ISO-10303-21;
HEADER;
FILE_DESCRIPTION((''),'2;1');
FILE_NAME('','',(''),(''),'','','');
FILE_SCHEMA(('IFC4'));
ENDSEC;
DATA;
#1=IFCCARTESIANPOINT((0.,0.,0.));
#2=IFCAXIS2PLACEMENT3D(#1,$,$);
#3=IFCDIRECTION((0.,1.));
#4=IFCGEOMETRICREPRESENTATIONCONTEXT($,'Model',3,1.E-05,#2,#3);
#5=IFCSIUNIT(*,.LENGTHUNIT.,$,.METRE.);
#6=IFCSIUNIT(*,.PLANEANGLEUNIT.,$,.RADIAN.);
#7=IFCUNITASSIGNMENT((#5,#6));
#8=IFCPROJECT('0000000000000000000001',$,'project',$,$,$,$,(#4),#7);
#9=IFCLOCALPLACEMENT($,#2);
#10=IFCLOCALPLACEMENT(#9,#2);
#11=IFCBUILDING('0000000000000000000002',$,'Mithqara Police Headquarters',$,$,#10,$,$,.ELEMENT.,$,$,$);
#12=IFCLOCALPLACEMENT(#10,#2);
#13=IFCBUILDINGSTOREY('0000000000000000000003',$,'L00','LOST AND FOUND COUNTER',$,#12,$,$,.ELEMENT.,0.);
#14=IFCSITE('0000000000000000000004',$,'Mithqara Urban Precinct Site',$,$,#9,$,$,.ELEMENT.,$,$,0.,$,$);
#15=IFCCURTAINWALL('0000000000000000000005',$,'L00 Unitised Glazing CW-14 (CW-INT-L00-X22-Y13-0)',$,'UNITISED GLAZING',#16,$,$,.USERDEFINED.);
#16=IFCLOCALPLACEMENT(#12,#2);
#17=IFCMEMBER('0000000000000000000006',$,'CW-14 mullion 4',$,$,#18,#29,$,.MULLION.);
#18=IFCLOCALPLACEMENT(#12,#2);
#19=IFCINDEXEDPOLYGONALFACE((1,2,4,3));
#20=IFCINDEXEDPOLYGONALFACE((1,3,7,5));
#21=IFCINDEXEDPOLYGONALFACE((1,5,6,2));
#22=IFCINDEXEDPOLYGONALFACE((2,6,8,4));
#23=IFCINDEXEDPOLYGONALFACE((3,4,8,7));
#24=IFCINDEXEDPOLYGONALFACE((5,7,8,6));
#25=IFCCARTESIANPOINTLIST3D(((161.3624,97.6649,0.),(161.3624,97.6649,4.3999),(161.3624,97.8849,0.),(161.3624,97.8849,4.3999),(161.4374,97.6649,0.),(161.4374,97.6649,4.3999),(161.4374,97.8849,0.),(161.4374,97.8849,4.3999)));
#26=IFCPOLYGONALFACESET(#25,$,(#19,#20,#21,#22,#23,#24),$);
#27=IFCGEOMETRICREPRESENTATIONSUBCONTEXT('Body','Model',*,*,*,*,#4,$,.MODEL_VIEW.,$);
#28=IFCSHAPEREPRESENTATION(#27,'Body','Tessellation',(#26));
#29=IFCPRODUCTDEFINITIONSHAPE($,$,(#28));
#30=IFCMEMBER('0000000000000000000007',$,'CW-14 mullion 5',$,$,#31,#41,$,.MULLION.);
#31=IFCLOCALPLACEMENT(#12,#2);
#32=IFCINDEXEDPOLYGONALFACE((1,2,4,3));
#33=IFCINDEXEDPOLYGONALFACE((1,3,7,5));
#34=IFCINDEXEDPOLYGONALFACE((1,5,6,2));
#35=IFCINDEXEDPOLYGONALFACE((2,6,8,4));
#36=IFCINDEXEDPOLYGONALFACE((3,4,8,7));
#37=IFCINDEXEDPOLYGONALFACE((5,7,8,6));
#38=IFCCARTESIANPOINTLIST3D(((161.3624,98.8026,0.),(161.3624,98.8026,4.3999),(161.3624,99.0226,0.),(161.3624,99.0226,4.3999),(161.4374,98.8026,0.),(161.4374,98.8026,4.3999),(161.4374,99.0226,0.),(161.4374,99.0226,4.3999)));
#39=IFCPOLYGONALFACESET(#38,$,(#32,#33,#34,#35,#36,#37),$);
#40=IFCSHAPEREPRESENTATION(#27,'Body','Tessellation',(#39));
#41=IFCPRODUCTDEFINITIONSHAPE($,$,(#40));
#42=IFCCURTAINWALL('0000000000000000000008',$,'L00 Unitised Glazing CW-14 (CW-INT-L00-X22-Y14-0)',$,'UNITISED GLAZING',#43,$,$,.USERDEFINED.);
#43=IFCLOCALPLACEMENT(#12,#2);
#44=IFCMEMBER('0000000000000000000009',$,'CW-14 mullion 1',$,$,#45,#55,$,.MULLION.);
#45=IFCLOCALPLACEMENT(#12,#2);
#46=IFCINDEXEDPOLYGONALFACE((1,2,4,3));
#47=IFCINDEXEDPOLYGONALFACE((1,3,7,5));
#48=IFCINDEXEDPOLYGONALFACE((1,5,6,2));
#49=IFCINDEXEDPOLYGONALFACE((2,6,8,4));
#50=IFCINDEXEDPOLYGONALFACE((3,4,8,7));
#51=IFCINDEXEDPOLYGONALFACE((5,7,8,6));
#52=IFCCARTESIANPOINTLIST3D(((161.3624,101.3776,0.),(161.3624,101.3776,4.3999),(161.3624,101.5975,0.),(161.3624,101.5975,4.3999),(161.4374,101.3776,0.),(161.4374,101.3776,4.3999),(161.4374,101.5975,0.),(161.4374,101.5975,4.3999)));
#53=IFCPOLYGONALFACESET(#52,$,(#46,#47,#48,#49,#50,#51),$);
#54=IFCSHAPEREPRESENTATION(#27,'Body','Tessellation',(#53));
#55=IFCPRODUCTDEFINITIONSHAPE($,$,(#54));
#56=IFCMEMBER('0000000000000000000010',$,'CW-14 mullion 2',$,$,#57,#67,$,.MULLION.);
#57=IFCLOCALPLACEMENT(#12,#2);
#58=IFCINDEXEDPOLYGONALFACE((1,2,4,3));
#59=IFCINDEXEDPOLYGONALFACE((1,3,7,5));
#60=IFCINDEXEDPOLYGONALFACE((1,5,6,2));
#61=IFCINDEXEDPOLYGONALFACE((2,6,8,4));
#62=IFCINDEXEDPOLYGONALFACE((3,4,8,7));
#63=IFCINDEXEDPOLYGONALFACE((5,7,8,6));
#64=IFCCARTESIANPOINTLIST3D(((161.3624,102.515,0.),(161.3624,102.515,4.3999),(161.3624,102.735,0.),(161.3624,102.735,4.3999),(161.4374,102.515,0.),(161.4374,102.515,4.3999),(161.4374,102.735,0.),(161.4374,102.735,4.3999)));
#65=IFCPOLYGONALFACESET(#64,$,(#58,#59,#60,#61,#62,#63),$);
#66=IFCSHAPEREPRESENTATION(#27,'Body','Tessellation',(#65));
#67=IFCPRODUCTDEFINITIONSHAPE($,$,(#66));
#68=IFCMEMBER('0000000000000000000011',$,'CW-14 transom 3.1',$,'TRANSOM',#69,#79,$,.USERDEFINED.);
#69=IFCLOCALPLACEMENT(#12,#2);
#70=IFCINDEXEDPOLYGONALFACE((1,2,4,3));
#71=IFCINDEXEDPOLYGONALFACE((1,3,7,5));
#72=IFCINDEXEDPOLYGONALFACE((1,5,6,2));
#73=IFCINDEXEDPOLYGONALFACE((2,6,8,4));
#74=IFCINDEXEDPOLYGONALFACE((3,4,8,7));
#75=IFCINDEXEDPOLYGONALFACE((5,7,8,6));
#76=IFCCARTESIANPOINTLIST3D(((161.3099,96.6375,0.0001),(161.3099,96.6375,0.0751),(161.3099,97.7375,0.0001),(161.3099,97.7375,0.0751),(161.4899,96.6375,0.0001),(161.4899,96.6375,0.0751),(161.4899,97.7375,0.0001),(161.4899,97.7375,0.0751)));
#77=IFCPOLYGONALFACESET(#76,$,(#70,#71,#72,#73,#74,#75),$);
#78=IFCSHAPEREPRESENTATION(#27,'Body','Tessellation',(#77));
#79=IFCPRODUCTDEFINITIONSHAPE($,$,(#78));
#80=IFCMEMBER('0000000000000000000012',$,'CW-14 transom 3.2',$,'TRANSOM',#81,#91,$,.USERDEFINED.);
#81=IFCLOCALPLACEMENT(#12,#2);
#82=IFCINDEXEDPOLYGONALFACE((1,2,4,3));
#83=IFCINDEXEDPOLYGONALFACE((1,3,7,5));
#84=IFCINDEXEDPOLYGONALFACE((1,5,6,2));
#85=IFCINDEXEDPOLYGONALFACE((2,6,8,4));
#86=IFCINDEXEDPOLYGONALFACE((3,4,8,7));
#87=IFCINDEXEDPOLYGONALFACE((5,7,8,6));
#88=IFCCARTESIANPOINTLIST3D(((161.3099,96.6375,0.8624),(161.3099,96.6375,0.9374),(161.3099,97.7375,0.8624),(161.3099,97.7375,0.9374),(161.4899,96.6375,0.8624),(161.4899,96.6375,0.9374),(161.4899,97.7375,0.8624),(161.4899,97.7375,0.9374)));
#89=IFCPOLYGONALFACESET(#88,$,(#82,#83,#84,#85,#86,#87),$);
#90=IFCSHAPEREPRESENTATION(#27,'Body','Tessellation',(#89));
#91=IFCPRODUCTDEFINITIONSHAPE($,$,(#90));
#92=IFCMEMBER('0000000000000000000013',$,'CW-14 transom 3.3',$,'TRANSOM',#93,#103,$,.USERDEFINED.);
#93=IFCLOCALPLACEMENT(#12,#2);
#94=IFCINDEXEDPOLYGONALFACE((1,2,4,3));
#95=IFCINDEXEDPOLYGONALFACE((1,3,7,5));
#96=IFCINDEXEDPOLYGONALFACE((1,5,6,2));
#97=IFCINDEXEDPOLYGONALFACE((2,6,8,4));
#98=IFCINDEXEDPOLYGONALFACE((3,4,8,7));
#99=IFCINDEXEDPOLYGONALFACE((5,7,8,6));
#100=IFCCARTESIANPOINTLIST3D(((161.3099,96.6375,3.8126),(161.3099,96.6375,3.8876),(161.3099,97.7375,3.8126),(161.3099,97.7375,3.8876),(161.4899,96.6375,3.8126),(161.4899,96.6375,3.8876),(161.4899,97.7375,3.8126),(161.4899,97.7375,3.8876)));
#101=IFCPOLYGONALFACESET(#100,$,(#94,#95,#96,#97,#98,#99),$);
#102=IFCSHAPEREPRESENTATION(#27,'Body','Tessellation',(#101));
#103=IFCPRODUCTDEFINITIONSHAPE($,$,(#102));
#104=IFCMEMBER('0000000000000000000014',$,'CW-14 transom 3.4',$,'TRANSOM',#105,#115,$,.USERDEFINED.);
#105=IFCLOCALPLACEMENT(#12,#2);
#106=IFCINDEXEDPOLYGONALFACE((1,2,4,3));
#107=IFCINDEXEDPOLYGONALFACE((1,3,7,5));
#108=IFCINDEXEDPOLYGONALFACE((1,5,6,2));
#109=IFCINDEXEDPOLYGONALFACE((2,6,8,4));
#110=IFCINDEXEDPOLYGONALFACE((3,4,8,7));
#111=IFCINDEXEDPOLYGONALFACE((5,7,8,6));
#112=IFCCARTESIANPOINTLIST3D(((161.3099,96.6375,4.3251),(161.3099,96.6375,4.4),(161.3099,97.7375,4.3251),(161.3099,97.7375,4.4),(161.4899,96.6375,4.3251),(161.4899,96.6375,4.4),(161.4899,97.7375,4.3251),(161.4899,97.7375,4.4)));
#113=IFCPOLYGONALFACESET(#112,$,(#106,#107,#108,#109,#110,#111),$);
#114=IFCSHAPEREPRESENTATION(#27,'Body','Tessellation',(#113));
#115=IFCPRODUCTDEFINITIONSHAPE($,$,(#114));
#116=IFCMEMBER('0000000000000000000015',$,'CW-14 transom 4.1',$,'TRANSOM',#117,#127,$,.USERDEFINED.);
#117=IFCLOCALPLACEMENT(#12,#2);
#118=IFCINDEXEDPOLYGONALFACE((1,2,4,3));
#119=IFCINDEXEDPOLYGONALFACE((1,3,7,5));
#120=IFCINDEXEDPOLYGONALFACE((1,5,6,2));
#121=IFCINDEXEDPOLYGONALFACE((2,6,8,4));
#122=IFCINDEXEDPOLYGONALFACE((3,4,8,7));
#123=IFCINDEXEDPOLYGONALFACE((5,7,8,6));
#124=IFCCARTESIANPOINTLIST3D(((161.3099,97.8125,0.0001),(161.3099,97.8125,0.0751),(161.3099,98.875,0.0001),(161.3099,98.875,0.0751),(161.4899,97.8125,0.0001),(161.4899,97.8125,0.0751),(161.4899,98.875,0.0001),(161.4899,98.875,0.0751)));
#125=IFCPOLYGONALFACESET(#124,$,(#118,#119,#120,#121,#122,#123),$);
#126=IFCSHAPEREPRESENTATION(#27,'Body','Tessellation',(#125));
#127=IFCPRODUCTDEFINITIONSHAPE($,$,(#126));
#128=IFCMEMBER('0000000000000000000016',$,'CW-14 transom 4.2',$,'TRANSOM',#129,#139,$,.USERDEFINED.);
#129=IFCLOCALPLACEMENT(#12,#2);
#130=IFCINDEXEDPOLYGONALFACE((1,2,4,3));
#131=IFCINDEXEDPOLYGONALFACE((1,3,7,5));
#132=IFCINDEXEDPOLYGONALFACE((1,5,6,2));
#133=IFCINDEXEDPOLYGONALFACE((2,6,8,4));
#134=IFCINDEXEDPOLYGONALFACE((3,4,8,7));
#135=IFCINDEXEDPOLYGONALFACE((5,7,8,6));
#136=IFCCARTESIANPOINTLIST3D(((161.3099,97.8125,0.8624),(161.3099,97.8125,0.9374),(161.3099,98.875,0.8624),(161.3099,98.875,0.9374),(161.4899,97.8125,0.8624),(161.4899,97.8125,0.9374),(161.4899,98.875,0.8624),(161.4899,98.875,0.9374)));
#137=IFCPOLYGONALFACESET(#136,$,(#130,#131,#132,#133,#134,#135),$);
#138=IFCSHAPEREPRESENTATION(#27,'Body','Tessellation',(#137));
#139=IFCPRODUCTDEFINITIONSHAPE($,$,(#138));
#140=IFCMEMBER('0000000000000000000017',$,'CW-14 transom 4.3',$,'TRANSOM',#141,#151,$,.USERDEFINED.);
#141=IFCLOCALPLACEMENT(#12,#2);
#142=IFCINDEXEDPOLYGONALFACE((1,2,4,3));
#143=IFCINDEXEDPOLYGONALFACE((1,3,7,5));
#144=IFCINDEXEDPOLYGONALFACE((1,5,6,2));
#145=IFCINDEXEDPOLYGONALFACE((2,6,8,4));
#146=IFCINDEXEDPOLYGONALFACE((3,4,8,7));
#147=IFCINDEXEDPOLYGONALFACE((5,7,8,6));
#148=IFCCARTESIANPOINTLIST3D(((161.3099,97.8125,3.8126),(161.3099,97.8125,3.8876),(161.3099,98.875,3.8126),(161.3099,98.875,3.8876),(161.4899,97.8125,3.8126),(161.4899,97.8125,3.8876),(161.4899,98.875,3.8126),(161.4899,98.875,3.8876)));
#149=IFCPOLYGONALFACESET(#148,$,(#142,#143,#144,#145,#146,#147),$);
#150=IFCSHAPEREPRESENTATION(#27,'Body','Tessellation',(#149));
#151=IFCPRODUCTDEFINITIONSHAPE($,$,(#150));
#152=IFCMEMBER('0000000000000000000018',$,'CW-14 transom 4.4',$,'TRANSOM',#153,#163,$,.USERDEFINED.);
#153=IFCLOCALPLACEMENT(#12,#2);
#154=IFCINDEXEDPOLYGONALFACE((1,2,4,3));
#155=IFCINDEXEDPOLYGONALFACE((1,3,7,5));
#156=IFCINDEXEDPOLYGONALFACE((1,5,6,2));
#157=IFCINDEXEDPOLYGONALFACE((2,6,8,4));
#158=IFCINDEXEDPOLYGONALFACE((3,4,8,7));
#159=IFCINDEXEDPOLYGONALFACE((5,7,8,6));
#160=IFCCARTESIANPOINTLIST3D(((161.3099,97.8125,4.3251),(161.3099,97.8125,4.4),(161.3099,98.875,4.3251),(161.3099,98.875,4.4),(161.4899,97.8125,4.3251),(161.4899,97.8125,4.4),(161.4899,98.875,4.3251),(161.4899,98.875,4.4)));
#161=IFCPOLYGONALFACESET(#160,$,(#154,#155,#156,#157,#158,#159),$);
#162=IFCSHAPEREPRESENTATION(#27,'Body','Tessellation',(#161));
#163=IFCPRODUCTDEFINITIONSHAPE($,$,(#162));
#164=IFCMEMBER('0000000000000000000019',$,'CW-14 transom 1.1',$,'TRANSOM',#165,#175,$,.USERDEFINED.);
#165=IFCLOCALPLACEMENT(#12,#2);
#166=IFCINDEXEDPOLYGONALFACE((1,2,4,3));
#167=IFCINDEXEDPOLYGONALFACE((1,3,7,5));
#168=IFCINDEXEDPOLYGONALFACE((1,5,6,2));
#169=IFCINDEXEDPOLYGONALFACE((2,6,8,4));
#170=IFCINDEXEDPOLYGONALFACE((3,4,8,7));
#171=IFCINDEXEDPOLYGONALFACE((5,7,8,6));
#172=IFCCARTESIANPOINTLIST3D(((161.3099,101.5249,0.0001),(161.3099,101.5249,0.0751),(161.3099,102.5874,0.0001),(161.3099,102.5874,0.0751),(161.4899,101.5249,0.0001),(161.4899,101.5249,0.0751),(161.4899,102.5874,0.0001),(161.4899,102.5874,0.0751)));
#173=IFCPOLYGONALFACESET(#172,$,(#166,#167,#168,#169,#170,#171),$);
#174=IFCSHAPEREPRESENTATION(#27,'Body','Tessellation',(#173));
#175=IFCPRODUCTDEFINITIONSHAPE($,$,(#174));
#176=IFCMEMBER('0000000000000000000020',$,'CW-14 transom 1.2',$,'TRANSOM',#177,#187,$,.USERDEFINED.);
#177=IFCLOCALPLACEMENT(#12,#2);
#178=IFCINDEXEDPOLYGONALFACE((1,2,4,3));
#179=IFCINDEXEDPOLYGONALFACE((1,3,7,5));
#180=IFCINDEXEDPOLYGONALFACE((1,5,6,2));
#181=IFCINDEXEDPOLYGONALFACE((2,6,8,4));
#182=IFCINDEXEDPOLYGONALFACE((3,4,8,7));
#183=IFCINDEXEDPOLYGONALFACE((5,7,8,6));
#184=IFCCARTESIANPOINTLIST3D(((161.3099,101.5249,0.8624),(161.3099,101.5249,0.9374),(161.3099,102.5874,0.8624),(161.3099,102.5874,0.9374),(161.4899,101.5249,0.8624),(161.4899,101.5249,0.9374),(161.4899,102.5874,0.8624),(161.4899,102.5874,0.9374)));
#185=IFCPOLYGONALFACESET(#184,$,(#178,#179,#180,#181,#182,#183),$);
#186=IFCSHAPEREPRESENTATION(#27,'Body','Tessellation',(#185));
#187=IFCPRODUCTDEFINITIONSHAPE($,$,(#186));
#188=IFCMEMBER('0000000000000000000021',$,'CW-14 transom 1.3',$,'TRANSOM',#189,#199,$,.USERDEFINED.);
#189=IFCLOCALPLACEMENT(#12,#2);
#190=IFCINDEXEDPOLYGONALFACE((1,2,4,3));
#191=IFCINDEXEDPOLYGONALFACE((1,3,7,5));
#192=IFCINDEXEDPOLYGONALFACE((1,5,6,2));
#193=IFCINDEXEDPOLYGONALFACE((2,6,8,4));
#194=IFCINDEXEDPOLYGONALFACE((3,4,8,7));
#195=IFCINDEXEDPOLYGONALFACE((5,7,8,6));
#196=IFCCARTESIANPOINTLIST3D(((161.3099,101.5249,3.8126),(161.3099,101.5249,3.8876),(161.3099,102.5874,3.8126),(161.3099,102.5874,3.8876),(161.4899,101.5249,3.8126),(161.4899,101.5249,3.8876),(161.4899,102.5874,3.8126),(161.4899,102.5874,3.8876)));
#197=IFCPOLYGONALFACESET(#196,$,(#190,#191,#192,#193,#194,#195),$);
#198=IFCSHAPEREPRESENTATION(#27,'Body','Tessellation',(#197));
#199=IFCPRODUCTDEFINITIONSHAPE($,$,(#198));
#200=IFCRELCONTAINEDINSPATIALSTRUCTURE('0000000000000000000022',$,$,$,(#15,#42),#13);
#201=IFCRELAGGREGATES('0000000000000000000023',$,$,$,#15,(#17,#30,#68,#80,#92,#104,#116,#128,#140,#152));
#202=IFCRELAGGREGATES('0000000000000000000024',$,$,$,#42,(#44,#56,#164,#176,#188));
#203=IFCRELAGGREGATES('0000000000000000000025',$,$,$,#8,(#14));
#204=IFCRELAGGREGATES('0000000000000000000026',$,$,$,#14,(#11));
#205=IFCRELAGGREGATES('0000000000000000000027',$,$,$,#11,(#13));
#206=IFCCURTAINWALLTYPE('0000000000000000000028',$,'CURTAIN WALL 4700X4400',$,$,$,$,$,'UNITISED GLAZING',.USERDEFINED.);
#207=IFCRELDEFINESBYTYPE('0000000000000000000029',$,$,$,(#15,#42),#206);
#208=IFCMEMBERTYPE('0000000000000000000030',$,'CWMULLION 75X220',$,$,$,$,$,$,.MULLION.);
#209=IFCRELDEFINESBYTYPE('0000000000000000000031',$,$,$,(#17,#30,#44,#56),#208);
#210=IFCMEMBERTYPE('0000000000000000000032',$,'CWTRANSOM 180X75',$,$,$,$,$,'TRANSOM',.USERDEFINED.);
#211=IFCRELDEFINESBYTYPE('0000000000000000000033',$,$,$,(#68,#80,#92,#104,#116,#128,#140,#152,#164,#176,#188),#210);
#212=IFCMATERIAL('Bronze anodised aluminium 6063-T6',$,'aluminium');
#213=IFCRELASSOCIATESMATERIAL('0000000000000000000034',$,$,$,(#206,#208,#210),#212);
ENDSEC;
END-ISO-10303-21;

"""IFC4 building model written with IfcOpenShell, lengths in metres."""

from ifc_helpers import new_model, si_unit, direction, frame, origin, origin_2d, place, context, subcontext, project, spatial, rectangle, extrude, material, material_profile, profile_set, type_object, element, aggregate, save


model = new_model("IFC4")

# Units and contexts
model_context = context("Model", 3, precision=1e-05, world=origin(), true_north=direction((0.0, 1.0)))
body_context = subcontext(model_context, "Body", "Model", "MODEL_VIEW")
ifc_project = project(units=[si_unit("LENGTHUNIT", "METRE"), si_unit("PLANEANGLEUNIT", "RADIAN")], contexts=[model_context])

# Site, building, storey
site_placement = place(None, origin())
site = spatial("IfcSite", under=ifc_project, at=site_placement, Name="Mithqara Urban Precinct Site", CompositionType="ELEMENT", RefElevation=0.0)
building_placement = place(site_placement, origin())
building = spatial("IfcBuilding", under=site, at=building_placement, Name="Mithqara Police Headquarters", CompositionType="ELEMENT")
storey_placement = place(building_placement, origin())
storey = spatial("IfcBuildingStorey", under=building, at=storey_placement, Name="L00", Description="LOST AND FOUND COUNTER", CompositionType="ELEMENT", Elevation=0.0)

# Curtain walls, members
ifc_material_1 = material(Name="Bronze anodised aluminium 6063-T6", Category="aluminium")
curtain_wall_type = type_object("IfcCurtainWallType", Name="CURTAIN WALL 4700X4400", ElementType="UNITISED GLAZING", PredefinedType="USERDEFINED", material=ifc_material_1)
curtain_wall_1_placement = place(storey_placement, origin())
curtain_wall_1 = element("IfcCurtainWall", 1, at=curtain_wall_1_placement, inside=storey, type_object=curtain_wall_type, Name="L00 Unitised Glazing CW-14 (CW-INT-L00-X22-Y13-0)", ObjectType="UNITISED GLAZING", PredefinedType="USERDEFINED")
ifc_material_profile_1 = material_profile(ifc_material_1, rectangle(XDim=0.075, YDim=0.22, at=origin_2d()), Name="CWM 75x220")
ifc_profile_set_1 = profile_set([ifc_material_profile_1], Name="Bronze anodised aluminium 6063-T6")
member_type_1 = type_object("IfcMemberType", Name="CWMULLION 75X220", PredefinedType="MULLION", material=ifc_profile_set_1)
member_1_placement = place(storey_placement, frame((161.3999, 97.7749, 0.0), z_axis=(0.0, 0.0, 1.0), x_axis=(-1.0, 0.0, 0.0)))
member_1 = element("IfcMember", 2, at=member_1_placement, type_object=member_type_1, Name="CW-14 mullion 4", PredefinedType="MULLION", context=body_context, shape_type="SweptSolid", body=[
    extrude(rectangle(XDim=0.075, YDim=0.22, at=origin_2d()), origin(), (0.0, 0.0, 1.0), 4.3999),
])
member_2_placement = place(storey_placement, frame((161.3999, 98.9126, 0.0), z_axis=(0.0, 0.0, 1.0), x_axis=(-1.0, 0.0, 0.0)))
member_2 = element("IfcMember", 3, at=member_2_placement, type_object=member_type_1, Name="CW-14 mullion 5", PredefinedType="MULLION", context=body_context, shape_type="SweptSolid", body=[
    extrude(rectangle(XDim=0.075, YDim=0.22, at=origin_2d()), origin(), (0.0, 0.0, 1.0), 4.3999),
])
curtain_wall_2_placement = place(storey_placement, origin())
curtain_wall_2 = element("IfcCurtainWall", 4, at=curtain_wall_2_placement, inside=storey, type_object=curtain_wall_type, Name="L00 Unitised Glazing CW-14 (CW-INT-L00-X22-Y14-0)", ObjectType="UNITISED GLAZING", PredefinedType="USERDEFINED")
member_3_placement = place(storey_placement, frame((161.3999, 101.4875, 0.0), z_axis=(0.0, 0.0, 1.0), x_axis=(-1.0, 0.0, 0.0)))
member_3 = element("IfcMember", 5, at=member_3_placement, type_object=member_type_1, Name="CW-14 mullion 1", PredefinedType="MULLION", context=body_context, shape_type="SweptSolid", body=[
    extrude(rectangle(XDim=0.075, YDim=0.22, at=origin_2d()), origin(), (0.0, 0.0, 1.0), 4.3999),
])
member_4_placement = place(storey_placement, frame((161.3999, 102.625, 0.0), z_axis=(0.0, 0.0, 1.0), x_axis=(-1.0, 0.0, 0.0)))
member_4 = element("IfcMember", 6, at=member_4_placement, type_object=member_type_1, Name="CW-14 mullion 2", PredefinedType="MULLION", context=body_context, shape_type="SweptSolid", body=[
    extrude(rectangle(XDim=0.075, YDim=0.22, at=origin_2d()), origin(), (0.0, 0.0, 1.0), 4.3999),
])

# Members
ifc_material_profile_2 = material_profile(ifc_material_1, rectangle(XDim=0.1799, YDim=0.075, at=origin_2d()), Name="CWT 180x75")
ifc_profile_set_2 = profile_set([ifc_material_profile_2], Name="Bronze anodised aluminium 6063-T6")
member_type_2 = type_object("IfcMemberType", Name="CWTRANSOM 180X75", ElementType="TRANSOM", PredefinedType="USERDEFINED", material=ifc_profile_set_2)
member_5_placement = place(storey_placement, frame((161.3999, 96.6375, 0.0376), z_axis=(0.0, 1.0, 0.0), x_axis=(-1.0, 0.0, 0.0)))
member_5 = element("IfcMember", 7, at=member_5_placement, type_object=member_type_2, Name="CW-14 transom 3.1", ObjectType="TRANSOM", PredefinedType="USERDEFINED", context=body_context, shape_type="SweptSolid", body=[
    extrude(rectangle(XDim=0.1799, YDim=0.075, at=origin_2d()), origin(), (0.0, 0.0, 1.0), 1.1001),
])
member_6_placement = place(storey_placement, frame((161.3999, 96.6375, 0.8999), z_axis=(0.0, 1.0, 0.0), x_axis=(-1.0, 0.0, 0.0)))
member_6 = element("IfcMember", 8, at=member_6_placement, type_object=member_type_2, Name="CW-14 transom 3.2", ObjectType="TRANSOM", PredefinedType="USERDEFINED", context=body_context, shape_type="SweptSolid", body=[
    extrude(rectangle(XDim=0.1799, YDim=0.075, at=origin_2d()), origin(), (0.0, 0.0, 1.0), 1.1001),
])
member_7_placement = place(storey_placement, frame((161.3999, 96.6375, 3.8501), z_axis=(0.0, 1.0, 0.0), x_axis=(-1.0, 0.0, 0.0)))
member_7 = element("IfcMember", 9, at=member_7_placement, type_object=member_type_2, Name="CW-14 transom 3.3", ObjectType="TRANSOM", PredefinedType="USERDEFINED", context=body_context, shape_type="SweptSolid", body=[
    extrude(rectangle(XDim=0.1799, YDim=0.075, at=origin_2d()), origin(), (0.0, 0.0, 1.0), 1.1001),
])
member_8_placement = place(storey_placement, frame((161.3999, 96.6375, 4.3625), z_axis=(0.0, 1.0, 0.0), x_axis=(-1.0, 0.0, 0.0)))
member_8 = element("IfcMember", 10, at=member_8_placement, type_object=member_type_2, Name="CW-14 transom 3.4", ObjectType="TRANSOM", PredefinedType="USERDEFINED", context=body_context, shape_type="SweptSolid", body=[
    extrude(rectangle(XDim=0.1799, YDim=0.075, at=origin_2d()), origin(), (0.0, 0.0, 1.0), 1.1001),
])
member_9_placement = place(storey_placement, frame((161.3999, 97.8125, 0.0376), z_axis=(0.0, 1.0, 0.0), x_axis=(-1.0, 0.0, 0.0)))
member_9 = element("IfcMember", 11, at=member_9_placement, type_object=member_type_2, Name="CW-14 transom 4.1", ObjectType="TRANSOM", PredefinedType="USERDEFINED", context=body_context, shape_type="SweptSolid", body=[
    extrude(rectangle(XDim=0.1799, YDim=0.075, at=origin_2d()), origin(), (0.0, 0.0, 1.0), 1.0625),
])
member_10_placement = place(storey_placement, frame((161.3999, 97.8125, 0.8999), z_axis=(0.0, 1.0, 0.0), x_axis=(-1.0, 0.0, 0.0)))
member_10 = element("IfcMember", 12, at=member_10_placement, type_object=member_type_2, Name="CW-14 transom 4.2", ObjectType="TRANSOM", PredefinedType="USERDEFINED", context=body_context, shape_type="SweptSolid", body=[
    extrude(rectangle(XDim=0.1799, YDim=0.075, at=origin_2d()), origin(), (0.0, 0.0, 1.0), 1.0625),
])
member_11_placement = place(storey_placement, frame((161.3999, 97.8125, 3.8501), z_axis=(0.0, 1.0, 0.0), x_axis=(-1.0, 0.0, 0.0)))
member_11 = element("IfcMember", 13, at=member_11_placement, type_object=member_type_2, Name="CW-14 transom 4.3", ObjectType="TRANSOM", PredefinedType="USERDEFINED", context=body_context, shape_type="SweptSolid", body=[
    extrude(rectangle(XDim=0.1799, YDim=0.075, at=origin_2d()), origin(), (0.0, 0.0, 1.0), 1.0625),
])
member_12_placement = place(storey_placement, frame((161.3999, 97.8125, 4.3625), z_axis=(0.0, 1.0, 0.0), x_axis=(-1.0, 0.0, 0.0)))
member_12 = element("IfcMember", 14, at=member_12_placement, type_object=member_type_2, Name="CW-14 transom 4.4", ObjectType="TRANSOM", PredefinedType="USERDEFINED", context=body_context, shape_type="SweptSolid", body=[
    extrude(rectangle(XDim=0.1799, YDim=0.075, at=origin_2d()), origin(), (0.0, 0.0, 1.0), 1.0625),
])
member_13_placement = place(storey_placement, frame((161.3999, 101.5249, 0.0376), z_axis=(0.0, 1.0, 0.0), x_axis=(-1.0, 0.0, 0.0)))
member_13 = element("IfcMember", 15, at=member_13_placement, type_object=member_type_2, Name="CW-14 transom 1.1", ObjectType="TRANSOM", PredefinedType="USERDEFINED", context=body_context, shape_type="SweptSolid", body=[
    extrude(rectangle(XDim=0.1799, YDim=0.075, at=origin_2d()), origin(), (0.0, 0.0, 1.0), 1.0625),
])
member_14_placement = place(storey_placement, frame((161.3999, 101.5249, 0.8999), z_axis=(0.0, 1.0, 0.0), x_axis=(-1.0, 0.0, 0.0)))
member_14 = element("IfcMember", 16, at=member_14_placement, type_object=member_type_2, Name="CW-14 transom 1.2", ObjectType="TRANSOM", PredefinedType="USERDEFINED", context=body_context, shape_type="SweptSolid", body=[
    extrude(rectangle(XDim=0.1799, YDim=0.075, at=origin_2d()), origin(), (0.0, 0.0, 1.0), 1.0625),
])
member_15_placement = place(storey_placement, frame((161.3999, 101.5249, 3.8501), z_axis=(0.0, 1.0, 0.0), x_axis=(-1.0, 0.0, 0.0)))
member_15 = element("IfcMember", 17, at=member_15_placement, type_object=member_type_2, Name="CW-14 transom 1.3", ObjectType="TRANSOM", PredefinedType="USERDEFINED", context=body_context, shape_type="SweptSolid", body=[
    extrude(rectangle(XDim=0.1799, YDim=0.075, at=origin_2d()), origin(), (0.0, 0.0, 1.0), 1.0625),
])

aggregate(curtain_wall_1, [member_1, member_2, member_5, member_6, member_7, member_8, member_9, member_10, member_11, member_12])
aggregate(curtain_wall_2, [member_3, member_4, member_13, member_14, member_15])

save(model, "model.ifc")
